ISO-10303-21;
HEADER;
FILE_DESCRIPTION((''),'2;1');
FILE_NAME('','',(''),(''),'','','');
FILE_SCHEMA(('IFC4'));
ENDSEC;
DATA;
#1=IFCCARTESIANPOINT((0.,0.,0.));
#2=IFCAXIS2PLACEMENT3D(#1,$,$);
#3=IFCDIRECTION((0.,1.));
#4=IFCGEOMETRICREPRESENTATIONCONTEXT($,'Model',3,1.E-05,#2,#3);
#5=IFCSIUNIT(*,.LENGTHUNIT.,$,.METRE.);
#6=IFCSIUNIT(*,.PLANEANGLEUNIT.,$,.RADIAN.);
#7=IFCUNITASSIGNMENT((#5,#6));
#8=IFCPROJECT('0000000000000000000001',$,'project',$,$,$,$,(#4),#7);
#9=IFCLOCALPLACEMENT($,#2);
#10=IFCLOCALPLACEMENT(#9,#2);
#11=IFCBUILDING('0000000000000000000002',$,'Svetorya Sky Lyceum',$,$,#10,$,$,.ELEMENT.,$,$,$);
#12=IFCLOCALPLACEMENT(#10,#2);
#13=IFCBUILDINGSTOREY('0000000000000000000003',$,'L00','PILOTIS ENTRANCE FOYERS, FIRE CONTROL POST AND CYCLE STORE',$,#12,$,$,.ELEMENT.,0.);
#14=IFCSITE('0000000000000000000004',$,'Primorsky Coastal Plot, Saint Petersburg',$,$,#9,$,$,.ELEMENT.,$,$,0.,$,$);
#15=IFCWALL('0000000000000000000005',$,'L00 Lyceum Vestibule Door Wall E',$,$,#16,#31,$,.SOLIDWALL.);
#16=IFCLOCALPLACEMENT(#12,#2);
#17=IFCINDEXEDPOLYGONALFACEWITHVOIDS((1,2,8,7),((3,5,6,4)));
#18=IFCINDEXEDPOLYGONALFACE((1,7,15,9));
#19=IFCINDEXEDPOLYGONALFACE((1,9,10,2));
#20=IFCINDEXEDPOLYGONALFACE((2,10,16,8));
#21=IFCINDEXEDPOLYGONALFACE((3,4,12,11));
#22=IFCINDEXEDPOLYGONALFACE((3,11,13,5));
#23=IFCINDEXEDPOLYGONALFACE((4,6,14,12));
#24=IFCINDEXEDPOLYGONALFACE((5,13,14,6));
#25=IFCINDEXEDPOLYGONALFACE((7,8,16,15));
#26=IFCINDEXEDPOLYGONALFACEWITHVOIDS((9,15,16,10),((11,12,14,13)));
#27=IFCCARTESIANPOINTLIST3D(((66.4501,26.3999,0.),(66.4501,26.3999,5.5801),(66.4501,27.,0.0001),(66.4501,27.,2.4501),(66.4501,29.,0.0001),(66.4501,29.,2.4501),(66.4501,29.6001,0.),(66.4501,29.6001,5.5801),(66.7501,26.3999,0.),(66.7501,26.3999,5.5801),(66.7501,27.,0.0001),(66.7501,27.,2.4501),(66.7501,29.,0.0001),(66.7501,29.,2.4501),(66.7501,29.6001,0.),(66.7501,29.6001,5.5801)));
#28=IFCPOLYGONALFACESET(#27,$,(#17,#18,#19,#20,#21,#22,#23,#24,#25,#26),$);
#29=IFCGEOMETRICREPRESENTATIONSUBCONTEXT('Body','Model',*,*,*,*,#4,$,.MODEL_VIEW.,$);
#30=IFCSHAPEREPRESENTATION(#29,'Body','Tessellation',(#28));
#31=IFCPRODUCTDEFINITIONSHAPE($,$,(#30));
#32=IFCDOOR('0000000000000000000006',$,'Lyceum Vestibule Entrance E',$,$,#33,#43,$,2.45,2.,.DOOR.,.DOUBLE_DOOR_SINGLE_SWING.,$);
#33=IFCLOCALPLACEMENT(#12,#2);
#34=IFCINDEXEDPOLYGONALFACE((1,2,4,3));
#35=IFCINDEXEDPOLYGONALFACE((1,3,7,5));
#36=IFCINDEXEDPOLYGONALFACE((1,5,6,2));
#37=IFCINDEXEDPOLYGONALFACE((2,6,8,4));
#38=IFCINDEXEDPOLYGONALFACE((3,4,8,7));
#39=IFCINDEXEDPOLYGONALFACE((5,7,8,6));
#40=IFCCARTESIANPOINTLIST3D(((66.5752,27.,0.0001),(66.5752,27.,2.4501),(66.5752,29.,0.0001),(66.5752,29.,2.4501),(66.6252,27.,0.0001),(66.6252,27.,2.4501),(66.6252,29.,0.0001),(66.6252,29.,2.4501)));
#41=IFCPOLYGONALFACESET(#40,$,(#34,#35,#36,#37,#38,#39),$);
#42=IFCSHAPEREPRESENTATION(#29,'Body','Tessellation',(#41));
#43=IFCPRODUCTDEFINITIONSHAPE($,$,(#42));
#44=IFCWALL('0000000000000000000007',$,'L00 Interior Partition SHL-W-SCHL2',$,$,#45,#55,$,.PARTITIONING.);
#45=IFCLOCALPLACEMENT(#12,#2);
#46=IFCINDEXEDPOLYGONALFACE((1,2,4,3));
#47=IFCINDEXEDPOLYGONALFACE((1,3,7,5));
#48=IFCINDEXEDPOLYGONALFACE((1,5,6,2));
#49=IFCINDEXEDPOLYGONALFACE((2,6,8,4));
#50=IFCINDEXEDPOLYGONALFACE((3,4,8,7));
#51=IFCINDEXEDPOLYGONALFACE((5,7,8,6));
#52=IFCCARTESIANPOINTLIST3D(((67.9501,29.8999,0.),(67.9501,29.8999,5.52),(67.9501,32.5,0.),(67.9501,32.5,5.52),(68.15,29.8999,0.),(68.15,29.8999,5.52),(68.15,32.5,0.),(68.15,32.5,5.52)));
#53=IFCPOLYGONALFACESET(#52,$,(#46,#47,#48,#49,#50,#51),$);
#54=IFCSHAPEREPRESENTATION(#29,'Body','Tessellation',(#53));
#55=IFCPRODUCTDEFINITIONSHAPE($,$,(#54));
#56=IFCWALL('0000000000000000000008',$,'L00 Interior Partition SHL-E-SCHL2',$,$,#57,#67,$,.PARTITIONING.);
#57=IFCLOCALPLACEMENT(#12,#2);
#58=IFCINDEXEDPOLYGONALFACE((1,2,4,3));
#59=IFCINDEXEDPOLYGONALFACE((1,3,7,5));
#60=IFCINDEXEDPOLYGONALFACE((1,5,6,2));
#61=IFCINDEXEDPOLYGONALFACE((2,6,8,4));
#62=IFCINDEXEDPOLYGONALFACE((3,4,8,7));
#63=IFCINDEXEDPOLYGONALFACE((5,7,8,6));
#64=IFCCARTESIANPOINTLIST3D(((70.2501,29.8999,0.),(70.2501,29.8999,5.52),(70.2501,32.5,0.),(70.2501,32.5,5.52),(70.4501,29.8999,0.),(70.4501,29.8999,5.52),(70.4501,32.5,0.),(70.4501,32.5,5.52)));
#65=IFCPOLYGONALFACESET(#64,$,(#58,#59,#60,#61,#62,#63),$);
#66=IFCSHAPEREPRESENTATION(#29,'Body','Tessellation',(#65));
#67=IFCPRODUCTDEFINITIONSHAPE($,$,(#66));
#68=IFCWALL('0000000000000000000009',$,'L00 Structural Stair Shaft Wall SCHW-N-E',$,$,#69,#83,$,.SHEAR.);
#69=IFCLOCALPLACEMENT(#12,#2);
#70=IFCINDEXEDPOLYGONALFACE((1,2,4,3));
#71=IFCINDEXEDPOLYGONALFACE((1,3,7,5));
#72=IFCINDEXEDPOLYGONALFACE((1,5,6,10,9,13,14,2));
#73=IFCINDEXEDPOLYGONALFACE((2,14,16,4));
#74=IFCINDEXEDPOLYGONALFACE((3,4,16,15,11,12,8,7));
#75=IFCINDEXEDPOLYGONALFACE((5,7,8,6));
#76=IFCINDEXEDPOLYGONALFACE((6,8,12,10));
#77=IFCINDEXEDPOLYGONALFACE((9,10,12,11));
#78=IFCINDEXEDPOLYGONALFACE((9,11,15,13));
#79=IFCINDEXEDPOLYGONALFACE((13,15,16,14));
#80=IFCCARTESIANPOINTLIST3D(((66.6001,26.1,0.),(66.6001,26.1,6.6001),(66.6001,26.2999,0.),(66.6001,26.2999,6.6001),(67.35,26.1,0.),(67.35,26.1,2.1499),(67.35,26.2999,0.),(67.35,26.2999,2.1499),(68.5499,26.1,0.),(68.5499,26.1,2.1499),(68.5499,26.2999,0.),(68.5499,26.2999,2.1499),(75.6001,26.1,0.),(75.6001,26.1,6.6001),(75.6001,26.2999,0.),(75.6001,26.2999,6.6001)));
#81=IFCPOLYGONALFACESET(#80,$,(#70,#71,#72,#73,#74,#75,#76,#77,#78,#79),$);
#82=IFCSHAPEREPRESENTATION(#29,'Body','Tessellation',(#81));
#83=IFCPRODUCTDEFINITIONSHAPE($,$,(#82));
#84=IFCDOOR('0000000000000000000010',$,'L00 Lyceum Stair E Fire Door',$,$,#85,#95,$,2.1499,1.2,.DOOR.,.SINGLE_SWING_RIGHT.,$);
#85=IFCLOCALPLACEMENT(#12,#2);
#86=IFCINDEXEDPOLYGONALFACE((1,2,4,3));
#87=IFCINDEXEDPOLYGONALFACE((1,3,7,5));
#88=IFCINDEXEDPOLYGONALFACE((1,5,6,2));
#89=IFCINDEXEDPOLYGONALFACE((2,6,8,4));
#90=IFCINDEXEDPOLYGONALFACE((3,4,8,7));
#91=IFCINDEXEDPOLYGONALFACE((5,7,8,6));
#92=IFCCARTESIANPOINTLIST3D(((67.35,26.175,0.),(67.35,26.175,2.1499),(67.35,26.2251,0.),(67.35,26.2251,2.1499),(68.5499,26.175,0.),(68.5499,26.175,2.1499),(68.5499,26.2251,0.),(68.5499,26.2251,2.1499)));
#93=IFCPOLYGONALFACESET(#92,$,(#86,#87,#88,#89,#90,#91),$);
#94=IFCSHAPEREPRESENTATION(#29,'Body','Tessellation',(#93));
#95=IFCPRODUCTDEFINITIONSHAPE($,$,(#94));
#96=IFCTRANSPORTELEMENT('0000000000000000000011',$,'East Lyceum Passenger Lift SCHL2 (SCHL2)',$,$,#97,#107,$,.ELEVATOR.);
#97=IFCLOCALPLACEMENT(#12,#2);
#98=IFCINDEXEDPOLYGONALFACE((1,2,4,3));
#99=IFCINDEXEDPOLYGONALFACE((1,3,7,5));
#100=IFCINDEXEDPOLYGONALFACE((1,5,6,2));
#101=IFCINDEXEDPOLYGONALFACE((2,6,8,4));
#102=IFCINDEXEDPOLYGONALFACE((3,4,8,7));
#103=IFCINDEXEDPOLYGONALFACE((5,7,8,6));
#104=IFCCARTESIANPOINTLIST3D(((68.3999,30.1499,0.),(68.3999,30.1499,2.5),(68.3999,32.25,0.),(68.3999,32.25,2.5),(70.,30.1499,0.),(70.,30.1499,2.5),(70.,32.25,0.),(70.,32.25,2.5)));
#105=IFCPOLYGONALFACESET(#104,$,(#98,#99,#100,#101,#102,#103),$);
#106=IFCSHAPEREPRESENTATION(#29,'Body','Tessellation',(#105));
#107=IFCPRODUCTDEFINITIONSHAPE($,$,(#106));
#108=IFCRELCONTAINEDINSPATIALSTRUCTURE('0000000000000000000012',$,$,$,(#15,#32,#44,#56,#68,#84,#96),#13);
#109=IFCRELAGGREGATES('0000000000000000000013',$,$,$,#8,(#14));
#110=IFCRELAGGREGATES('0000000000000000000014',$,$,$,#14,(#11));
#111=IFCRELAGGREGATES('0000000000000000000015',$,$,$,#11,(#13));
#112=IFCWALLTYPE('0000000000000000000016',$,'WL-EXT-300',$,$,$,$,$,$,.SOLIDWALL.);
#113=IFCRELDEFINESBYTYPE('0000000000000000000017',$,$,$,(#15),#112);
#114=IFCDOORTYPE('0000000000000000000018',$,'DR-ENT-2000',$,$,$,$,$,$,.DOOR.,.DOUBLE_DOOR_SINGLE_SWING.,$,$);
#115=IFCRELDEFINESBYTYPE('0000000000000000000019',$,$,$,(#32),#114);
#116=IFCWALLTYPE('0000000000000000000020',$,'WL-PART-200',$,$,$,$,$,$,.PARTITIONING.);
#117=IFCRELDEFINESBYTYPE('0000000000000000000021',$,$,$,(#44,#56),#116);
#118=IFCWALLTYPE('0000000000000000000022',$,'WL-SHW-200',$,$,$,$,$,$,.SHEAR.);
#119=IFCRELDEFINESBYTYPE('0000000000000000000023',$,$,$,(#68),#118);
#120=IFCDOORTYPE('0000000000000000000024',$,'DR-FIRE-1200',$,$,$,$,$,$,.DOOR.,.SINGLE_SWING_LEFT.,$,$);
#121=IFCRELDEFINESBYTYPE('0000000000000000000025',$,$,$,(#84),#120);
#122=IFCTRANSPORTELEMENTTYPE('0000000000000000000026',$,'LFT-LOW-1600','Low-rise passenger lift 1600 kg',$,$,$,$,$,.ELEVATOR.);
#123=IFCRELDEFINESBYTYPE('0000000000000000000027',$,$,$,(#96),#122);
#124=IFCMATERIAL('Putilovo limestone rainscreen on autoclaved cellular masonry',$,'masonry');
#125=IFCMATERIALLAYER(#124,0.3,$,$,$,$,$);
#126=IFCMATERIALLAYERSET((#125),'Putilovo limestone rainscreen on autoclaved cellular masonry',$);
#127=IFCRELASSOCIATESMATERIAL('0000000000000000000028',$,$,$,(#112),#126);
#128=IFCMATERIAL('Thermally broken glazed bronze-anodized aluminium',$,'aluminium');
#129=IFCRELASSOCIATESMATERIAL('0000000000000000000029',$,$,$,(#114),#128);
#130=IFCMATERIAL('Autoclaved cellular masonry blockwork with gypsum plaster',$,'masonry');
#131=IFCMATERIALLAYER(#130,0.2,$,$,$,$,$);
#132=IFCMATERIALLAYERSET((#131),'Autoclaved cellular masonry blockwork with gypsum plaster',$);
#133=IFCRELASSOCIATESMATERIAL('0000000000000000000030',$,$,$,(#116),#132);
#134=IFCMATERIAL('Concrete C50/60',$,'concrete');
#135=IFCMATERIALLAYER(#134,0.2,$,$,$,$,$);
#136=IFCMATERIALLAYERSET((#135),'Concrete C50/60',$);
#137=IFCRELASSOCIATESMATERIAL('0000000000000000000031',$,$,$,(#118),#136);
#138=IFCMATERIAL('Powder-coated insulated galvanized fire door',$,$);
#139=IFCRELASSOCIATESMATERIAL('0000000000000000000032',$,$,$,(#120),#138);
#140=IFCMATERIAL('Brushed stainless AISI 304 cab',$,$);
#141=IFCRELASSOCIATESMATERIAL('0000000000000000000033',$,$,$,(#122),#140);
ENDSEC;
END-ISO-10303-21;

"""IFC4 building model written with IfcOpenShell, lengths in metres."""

from ifc_helpers import new_model, si_unit, direction, frame, frame_2d, origin, origin_2d, place, context, subcontext, project, spatial, rectangle, extrude, material, layer, layer_set, type_object, element, fill, save


model = new_model("IFC4")

# Units and contexts
model_context = context("Model", 3, precision=1e-05, world=origin(), true_north=direction((0.0, 1.0)))
body_context = subcontext(model_context, "Body", "Model", "MODEL_VIEW")
ifc_project = project(units=[si_unit("LENGTHUNIT", "METRE"), si_unit("PLANEANGLEUNIT", "RADIAN")], contexts=[model_context])

# Site, building, storey
site_placement = place(None, origin())
site = spatial("IfcSite", under=ifc_project, at=site_placement, Name="Primorsky Coastal Plot, Saint Petersburg", CompositionType="ELEMENT", RefElevation=0.0)
building_placement = place(site_placement, origin())
building = spatial("IfcBuilding", under=site, at=building_placement, Name="Svetorya Sky Lyceum", CompositionType="ELEMENT")
storey_placement = place(building_placement, origin())
storey = spatial("IfcBuildingStorey", under=building, at=storey_placement, Name="L00", Description="PILOTIS ENTRANCE FOYERS, FIRE CONTROL POST AND CYCLE STORE", CompositionType="ELEMENT", Elevation=0.0)

# Shared definitions
ifc_material_1 = material(Name="Concrete C50/60", Category="concrete")

# Wall, opening, door
ifc_material_2 = material(Name="Putilovo limestone rainscreen on autoclaved cellular masonry", Category="masonry")
ifc_layer_1 = layer(ifc_material_2, 0.3)
ifc_layer_set_1 = layer_set([ifc_layer_1], Name="Putilovo limestone rainscreen on autoclaved cellular masonry")
wall_type_1 = type_object("IfcWallType", Name="WL-EXT-300", PredefinedType="SOLIDWALL", material=ifc_layer_set_1)
wall_1_placement = place(storey_placement, frame((66.6001, 26.3999, 0.0), z_axis=(0.0, 0.0, 1.0), x_axis=(0.0, 1.0, 0.0)))
wall_1 = element("IfcWall", 1, at=wall_1_placement, inside=storey, type_object=wall_type_1, Name="L00 Lyceum Vestibule Door Wall E", PredefinedType="SOLIDWALL", context=body_context, shape_type="SweptSolid", body=[
    extrude(rectangle(XDim=3.2002, YDim=0.3, at=frame_2d((1.6001, 0.0))), origin(), (0.0, 0.0, 1.0), 5.5801),
])
opening_1_placement = place(wall_1_placement, frame((0.6001, 0.0, 0.0)))
opening_1 = element("IfcOpeningElement", 2, at=opening_1_placement, cuts=wall_1, PredefinedType="OPENING", context=body_context, shape_type="SweptSolid", body=[
    extrude(rectangle(XDim=2.0, YDim=2.45, at=frame_2d((1.0, 1.2251))), frame((0.0, 0.1599, 0.0), z_axis=(0.0, -1.0, 0.0), x_axis=(1.0, 0.0, 0.0)), (0.0, 0.0, 1.0), 0.3201),
])
ifc_material_3 = material(Name="Thermally broken glazed bronze-anodized aluminium", Category="aluminium")
door_type_1 = type_object("IfcDoorType", Name="DR-ENT-2000", OperationType="DOUBLE_DOOR_SINGLE_SWING", PredefinedType="DOOR", material=ifc_material_3)
door_1_placement = place(opening_1_placement, origin())
door_1 = element("IfcDoor", 3, at=door_1_placement, inside=storey, type_object=door_type_1, Name="Lyceum Vestibule Entrance E", OperationType="DOUBLE_DOOR_SINGLE_SWING", OverallHeight=2.45, OverallWidth=2.0, PredefinedType="DOOR", context=body_context, shape_type="SweptSolid", body=[
    extrude(rectangle(XDim=2.0, YDim=2.45, at=frame_2d((1.0, 1.2251))), frame((0.0, 0.0249, 0.0), z_axis=(0.0, -1.0, 0.0), x_axis=(1.0, 0.0, 0.0)), (0.0, 0.0, 1.0), 0.05),
])
fill(opening_1, door_1)

# Walls
ifc_material_4 = material(Name="Autoclaved cellular masonry blockwork with gypsum plaster", Category="masonry")
ifc_layer_2 = layer(ifc_material_4, 0.2)
ifc_layer_set_2 = layer_set([ifc_layer_2], Name="Autoclaved cellular masonry blockwork with gypsum plaster")
wall_type_2 = type_object("IfcWallType", Name="WL-PART-200", PredefinedType="PARTITIONING", material=ifc_layer_set_2)
for number, where, z_axis, x_axis, name in (
    (4, (68.05, 29.8999, 0.0), (0.0, 0.0, 1.0), (0.0, 1.0, 0.0), "L00 Interior Partition SHL-W-SCHL2"),
    (5, (70.3501, 29.8999, 0.0), (0.0, 0.0, 1.0), (0.0, 1.0, 0.0), "L00 Interior Partition SHL-E-SCHL2"),
):
    element("IfcWall", number, at=place(storey_placement, frame(where, z_axis=z_axis, x_axis=x_axis)), inside=storey, type_object=wall_type_2, Name=name, PredefinedType="PARTITIONING", context=body_context, shape_type="SweptSolid", body=[
        extrude(rectangle(XDim=2.6001, YDim=0.2, at=frame_2d((1.3, 0.0))), origin(), (0.0, 0.0, 1.0), 5.52),
    ])

# Wall, opening, door
ifc_layer_3 = layer(ifc_material_1, 0.2)
ifc_layer_set_3 = layer_set([ifc_layer_3], Name="Concrete C50/60")
wall_type_3 = type_object("IfcWallType", Name="WL-SHW-200", PredefinedType="SHEAR", material=ifc_layer_set_3)
wall_2_placement = place(storey_placement, frame((75.6001, 26.2, 0.0), z_axis=(0.0, 0.0, 1.0), x_axis=(-1.0, 0.0, 0.0)))
wall_2 = element("IfcWall", 6, at=wall_2_placement, inside=storey, type_object=wall_type_3, Name="L00 Structural Stair Shaft Wall SCHW-N-E", PredefinedType="SHEAR", context=body_context, shape_type="SweptSolid", body=[
    extrude(rectangle(XDim=9.0, YDim=0.2, at=frame_2d((4.5, 0.0))), origin(), (0.0, 0.0, 1.0), 6.6001),
])
opening_2_placement = place(wall_2_placement, frame((7.05, 0.0, 0.0)))
opening_2 = element("IfcOpeningElement", 7, at=opening_2_placement, cuts=wall_2, PredefinedType="OPENING", context=body_context, shape_type="SweptSolid", body=[
    extrude(rectangle(XDim=1.2, YDim=2.1499, at=frame_2d((0.6001, 1.075))), frame((0.0, 0.1099, 0.0), z_axis=(0.0, -1.0, 0.0), x_axis=(1.0, 0.0, 0.0)), (0.0, 0.0, 1.0), 0.22),
])
ifc_material_5 = material(Name="Powder-coated insulated galvanized fire door")
door_type_2 = type_object("IfcDoorType", Name="DR-FIRE-1200", OperationType="SINGLE_SWING_LEFT", PredefinedType="DOOR", material=ifc_material_5)
door_2_placement = place(opening_2_placement, origin())
door_2 = element("IfcDoor", 8, at=door_2_placement, inside=storey, type_object=door_type_2, Name="L00 Lyceum Stair E Fire Door", OperationType="SINGLE_SWING_RIGHT", OverallHeight=2.1499, OverallWidth=1.2, PredefinedType="DOOR", context=body_context, shape_type="SweptSolid", body=[
    extrude(rectangle(XDim=1.2, YDim=2.1499, at=frame_2d((0.6001, 1.075))), frame((0.0, 0.0249, 0.0), z_axis=(0.0, -1.0, 0.0), x_axis=(1.0, 0.0, 0.0)), (0.0, 0.0, 1.0), 0.05),
])
fill(opening_2, door_2)

# Transport element
ifc_material_6 = material(Name="Brushed stainless AISI 304 cab")
transport_element_type = type_object("IfcTransportElementType", Name="LFT-LOW-1600", Description="Low-rise passenger lift 1600 kg", PredefinedType="ELEVATOR", material=ifc_material_6)
transport_element_placement = place(storey_placement, frame((69.2, 31.2, 0.0), z_axis=(0.0, 0.0, 1.0), x_axis=(1.0, 0.0, 0.0)))
element("IfcTransportElement", 9, at=transport_element_placement, inside=storey, type_object=transport_element_type, Name="East Lyceum Passenger Lift SCHL2 (SCHL2)", PredefinedType="ELEVATOR", context=body_context, shape_type="SweptSolid", body=[
    extrude(rectangle(XDim=1.6001, YDim=2.1001, at=origin_2d()), origin(), (0.0, 0.0, 1.0), 2.5),
])

save(model, "model.ifc")
